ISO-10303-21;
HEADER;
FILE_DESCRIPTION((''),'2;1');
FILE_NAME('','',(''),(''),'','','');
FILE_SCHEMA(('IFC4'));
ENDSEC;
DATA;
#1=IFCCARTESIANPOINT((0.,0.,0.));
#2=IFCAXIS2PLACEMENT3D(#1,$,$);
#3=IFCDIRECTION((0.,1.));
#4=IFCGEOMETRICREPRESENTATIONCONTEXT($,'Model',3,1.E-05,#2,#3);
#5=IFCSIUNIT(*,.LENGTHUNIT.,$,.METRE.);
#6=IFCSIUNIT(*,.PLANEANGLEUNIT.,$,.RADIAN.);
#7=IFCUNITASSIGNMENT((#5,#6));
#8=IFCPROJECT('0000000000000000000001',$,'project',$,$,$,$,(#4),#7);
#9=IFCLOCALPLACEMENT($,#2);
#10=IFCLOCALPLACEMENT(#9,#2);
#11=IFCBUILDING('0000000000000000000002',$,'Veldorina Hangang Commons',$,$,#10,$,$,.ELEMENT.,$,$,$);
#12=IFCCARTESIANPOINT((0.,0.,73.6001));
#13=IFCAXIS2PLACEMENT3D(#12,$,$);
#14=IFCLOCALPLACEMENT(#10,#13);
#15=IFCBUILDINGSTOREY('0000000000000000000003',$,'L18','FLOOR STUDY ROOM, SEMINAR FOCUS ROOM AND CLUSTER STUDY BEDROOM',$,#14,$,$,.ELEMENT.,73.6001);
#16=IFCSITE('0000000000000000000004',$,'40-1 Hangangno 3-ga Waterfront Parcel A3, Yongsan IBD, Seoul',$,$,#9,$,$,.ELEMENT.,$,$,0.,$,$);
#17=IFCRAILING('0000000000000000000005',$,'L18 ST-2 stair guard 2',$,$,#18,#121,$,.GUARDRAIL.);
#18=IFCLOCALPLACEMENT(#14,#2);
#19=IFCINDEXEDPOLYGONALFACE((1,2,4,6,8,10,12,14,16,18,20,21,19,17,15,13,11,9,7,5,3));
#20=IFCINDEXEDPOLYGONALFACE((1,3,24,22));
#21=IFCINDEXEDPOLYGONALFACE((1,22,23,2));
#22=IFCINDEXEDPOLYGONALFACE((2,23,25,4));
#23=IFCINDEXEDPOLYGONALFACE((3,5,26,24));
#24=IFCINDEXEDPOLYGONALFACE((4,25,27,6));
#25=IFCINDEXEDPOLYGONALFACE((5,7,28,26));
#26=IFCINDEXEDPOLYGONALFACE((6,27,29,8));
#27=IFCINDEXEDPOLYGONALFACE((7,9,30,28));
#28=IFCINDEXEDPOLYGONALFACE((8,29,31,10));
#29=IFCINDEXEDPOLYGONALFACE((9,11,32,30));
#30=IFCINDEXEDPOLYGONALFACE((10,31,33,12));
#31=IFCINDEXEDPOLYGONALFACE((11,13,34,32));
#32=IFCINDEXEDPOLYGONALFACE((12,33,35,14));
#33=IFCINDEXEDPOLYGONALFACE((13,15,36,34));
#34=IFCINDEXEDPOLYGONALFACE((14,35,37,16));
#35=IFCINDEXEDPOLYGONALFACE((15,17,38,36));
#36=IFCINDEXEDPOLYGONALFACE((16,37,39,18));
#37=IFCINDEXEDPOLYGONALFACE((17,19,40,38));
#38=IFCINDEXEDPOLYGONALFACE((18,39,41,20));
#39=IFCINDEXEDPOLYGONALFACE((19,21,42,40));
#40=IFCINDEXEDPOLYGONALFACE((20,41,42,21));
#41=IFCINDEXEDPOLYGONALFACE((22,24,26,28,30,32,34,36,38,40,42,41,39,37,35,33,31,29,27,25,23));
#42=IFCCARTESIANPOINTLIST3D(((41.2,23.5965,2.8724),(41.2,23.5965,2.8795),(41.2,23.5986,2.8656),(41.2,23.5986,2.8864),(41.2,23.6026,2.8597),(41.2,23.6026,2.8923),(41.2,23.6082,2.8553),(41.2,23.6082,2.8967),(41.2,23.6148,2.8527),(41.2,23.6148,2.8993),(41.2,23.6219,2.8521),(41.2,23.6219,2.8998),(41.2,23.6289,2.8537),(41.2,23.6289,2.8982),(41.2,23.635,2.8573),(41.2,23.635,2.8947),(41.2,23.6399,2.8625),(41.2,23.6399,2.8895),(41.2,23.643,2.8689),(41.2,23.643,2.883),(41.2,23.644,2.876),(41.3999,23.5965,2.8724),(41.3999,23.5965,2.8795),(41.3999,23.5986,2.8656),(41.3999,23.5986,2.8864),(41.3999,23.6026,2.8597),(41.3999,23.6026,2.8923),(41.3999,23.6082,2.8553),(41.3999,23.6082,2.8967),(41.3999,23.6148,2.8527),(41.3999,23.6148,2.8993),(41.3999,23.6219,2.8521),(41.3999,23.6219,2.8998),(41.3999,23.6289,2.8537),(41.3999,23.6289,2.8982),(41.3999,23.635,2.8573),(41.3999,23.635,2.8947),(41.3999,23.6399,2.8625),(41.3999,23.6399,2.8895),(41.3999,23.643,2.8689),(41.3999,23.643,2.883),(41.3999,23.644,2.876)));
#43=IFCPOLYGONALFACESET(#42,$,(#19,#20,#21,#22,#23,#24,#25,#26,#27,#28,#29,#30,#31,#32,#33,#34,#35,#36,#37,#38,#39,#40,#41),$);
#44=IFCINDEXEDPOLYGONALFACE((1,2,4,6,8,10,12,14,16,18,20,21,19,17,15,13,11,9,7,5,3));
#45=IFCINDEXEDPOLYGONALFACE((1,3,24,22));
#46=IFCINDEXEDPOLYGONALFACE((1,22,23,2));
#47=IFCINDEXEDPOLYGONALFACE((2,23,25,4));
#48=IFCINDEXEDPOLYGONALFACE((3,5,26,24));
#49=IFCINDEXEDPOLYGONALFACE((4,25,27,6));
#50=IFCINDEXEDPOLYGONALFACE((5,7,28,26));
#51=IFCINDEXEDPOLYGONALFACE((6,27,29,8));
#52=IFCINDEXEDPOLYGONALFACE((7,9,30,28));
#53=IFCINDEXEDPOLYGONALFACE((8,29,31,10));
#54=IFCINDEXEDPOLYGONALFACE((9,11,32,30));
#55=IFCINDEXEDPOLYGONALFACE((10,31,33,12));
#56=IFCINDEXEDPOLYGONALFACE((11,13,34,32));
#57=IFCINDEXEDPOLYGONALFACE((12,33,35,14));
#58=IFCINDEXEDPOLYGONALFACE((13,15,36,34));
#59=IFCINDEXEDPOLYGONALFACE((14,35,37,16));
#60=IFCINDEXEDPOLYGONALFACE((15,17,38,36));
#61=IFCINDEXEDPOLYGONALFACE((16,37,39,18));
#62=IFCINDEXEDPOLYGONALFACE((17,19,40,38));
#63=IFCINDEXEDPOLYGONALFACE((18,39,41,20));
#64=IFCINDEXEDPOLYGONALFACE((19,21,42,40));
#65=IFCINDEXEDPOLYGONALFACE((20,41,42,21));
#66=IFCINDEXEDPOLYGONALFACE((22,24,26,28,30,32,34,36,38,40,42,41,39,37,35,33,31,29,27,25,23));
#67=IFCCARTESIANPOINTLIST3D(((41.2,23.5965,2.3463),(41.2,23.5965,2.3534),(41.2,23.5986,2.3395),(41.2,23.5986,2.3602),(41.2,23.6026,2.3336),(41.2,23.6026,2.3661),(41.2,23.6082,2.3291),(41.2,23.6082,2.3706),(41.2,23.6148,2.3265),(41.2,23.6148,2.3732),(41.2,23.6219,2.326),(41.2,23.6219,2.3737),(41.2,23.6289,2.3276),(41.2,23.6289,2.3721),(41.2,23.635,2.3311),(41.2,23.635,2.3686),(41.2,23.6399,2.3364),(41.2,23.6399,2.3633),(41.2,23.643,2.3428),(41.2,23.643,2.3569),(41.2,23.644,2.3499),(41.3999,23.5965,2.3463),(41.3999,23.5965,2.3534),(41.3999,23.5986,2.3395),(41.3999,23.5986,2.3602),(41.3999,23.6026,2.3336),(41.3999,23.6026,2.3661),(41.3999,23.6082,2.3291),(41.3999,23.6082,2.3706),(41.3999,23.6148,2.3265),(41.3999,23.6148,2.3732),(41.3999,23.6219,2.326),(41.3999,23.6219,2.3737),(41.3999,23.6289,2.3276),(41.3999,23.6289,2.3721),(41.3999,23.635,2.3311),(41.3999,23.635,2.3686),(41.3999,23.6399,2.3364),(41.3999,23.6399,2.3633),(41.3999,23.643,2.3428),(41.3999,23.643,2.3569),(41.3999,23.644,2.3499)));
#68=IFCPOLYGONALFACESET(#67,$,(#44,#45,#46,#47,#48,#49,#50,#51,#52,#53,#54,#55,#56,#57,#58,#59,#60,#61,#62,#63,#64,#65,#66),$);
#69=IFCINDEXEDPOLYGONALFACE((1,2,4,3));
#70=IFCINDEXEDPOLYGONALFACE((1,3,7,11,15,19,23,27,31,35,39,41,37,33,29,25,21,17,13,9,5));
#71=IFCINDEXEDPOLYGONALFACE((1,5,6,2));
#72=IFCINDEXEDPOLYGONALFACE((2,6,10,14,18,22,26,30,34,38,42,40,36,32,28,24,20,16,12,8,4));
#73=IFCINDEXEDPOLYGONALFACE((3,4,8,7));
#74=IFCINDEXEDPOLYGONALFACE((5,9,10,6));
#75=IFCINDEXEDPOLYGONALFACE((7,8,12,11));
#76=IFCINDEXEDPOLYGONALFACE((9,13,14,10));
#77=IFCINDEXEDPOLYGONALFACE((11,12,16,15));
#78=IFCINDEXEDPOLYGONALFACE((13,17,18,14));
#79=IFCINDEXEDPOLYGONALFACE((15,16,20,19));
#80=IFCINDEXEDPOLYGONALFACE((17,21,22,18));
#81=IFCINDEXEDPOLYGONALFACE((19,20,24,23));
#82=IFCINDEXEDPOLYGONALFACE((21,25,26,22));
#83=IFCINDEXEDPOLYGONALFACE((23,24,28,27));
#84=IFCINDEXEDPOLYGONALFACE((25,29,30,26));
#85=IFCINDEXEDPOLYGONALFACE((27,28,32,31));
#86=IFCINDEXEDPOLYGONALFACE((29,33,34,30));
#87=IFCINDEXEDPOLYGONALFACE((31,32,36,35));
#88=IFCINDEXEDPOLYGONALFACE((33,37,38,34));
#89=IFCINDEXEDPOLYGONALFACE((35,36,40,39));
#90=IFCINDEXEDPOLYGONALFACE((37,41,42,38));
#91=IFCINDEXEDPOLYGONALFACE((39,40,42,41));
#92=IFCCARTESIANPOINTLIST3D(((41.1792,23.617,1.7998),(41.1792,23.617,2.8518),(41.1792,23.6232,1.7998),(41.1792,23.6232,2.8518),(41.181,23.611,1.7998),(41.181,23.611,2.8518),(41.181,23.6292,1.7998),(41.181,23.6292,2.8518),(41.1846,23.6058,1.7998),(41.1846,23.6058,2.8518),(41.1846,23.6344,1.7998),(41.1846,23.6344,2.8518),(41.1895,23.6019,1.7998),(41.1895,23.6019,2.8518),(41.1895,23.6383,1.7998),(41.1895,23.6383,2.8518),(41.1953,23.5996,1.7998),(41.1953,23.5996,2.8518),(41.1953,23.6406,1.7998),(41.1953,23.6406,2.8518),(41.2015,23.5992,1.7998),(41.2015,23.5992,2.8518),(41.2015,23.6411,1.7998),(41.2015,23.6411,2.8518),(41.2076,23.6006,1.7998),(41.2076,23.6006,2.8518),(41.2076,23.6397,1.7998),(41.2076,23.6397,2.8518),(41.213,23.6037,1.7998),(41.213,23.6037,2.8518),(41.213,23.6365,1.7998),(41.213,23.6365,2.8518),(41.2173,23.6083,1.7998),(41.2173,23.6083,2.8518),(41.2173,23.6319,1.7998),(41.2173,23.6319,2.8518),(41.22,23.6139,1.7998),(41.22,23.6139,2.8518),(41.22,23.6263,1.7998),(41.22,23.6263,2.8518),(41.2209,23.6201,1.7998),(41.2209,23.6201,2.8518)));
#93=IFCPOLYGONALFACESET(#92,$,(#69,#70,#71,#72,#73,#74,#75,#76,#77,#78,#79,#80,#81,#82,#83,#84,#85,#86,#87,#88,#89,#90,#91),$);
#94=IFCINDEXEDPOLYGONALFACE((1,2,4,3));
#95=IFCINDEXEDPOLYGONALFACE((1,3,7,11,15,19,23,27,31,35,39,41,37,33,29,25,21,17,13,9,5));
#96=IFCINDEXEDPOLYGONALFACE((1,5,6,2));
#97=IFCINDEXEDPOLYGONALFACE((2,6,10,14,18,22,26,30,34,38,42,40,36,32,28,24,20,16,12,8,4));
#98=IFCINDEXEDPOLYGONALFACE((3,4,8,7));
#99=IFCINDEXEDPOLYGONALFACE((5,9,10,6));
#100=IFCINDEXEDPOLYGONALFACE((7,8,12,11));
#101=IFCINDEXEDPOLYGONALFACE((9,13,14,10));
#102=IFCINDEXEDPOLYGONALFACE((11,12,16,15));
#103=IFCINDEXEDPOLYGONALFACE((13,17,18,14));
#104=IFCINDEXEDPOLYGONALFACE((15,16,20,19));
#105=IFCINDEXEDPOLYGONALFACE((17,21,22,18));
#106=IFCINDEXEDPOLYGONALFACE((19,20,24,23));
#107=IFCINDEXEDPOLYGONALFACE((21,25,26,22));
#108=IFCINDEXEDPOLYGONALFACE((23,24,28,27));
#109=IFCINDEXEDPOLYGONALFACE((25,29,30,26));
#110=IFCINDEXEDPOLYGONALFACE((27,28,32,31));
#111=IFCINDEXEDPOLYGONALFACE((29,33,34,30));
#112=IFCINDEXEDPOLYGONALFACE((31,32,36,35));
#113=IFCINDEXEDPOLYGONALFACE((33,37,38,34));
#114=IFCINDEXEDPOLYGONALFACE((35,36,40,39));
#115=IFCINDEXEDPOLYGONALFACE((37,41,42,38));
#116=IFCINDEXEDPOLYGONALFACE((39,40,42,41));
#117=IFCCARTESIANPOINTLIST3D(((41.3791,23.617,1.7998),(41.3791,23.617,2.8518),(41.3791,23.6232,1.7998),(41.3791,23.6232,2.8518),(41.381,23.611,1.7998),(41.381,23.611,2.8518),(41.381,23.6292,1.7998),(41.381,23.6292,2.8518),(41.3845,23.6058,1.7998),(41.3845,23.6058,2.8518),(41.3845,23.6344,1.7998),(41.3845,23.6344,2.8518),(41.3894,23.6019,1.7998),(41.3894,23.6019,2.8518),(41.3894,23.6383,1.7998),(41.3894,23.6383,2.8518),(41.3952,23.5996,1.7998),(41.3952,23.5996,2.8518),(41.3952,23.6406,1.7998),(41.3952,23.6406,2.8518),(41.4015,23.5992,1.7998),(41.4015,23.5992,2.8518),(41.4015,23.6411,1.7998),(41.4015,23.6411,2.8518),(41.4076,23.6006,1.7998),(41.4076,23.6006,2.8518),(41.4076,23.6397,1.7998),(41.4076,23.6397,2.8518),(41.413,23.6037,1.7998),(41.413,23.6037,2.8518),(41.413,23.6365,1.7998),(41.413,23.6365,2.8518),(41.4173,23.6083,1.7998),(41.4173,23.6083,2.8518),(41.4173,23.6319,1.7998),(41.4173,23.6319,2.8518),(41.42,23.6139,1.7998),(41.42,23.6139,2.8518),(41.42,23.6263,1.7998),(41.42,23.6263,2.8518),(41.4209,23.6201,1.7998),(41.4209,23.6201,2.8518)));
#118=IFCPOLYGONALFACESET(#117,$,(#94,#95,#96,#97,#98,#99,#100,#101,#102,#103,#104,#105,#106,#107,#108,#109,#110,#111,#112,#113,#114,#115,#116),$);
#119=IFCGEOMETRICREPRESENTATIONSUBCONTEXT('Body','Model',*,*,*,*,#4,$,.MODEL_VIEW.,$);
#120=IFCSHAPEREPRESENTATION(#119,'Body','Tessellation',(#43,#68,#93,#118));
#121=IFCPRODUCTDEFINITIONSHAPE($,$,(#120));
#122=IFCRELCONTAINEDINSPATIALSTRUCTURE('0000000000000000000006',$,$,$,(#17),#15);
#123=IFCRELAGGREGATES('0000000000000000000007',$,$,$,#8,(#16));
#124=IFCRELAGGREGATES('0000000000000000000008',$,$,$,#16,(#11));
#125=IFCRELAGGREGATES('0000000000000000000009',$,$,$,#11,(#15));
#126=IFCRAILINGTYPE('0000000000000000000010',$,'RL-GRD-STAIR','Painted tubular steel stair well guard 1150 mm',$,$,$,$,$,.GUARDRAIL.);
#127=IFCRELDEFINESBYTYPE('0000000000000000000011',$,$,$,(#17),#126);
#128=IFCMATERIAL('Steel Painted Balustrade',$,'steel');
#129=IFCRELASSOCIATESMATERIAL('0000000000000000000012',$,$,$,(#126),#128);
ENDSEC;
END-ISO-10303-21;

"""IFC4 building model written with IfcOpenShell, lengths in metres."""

from ifc_helpers import new_model, si_unit, direction, frame, origin, origin_2d, place, context, subcontext, project, spatial, circle, extrude, material, type_object, element, save


model = new_model("IFC4")

# Units and contexts
model_context = context("Model", 3, precision=1e-05, world=origin(), true_north=direction((0.0, 1.0)))
body_context = subcontext(model_context, "Body", "Model", "MODEL_VIEW")
ifc_project = project(units=[si_unit("LENGTHUNIT", "METRE"), si_unit("PLANEANGLEUNIT", "RADIAN")], contexts=[model_context])

# Site, building, storey
site_placement = place(None, origin())
site = spatial("IfcSite", under=ifc_project, at=site_placement, Name="40-1 Hangangno 3-ga Waterfront Parcel A3, Yongsan IBD, Seoul", CompositionType="ELEMENT", RefElevation=0.0)
building_placement = place(site_placement, origin())
building = spatial("IfcBuilding", under=site, at=building_placement, Name="Veldorina Hangang Commons", CompositionType="ELEMENT")
storey_placement = place(building_placement, frame((0.0, 0.0, 73.6001)))
storey = spatial("IfcBuildingStorey", under=building, at=storey_placement, Name="L18", Description="FLOOR STUDY ROOM, SEMINAR FOCUS ROOM AND CLUSTER STUDY BEDROOM", CompositionType="ELEMENT", Elevation=73.6001)

# Railing
ifc_material_1 = material(Name="Steel Painted Balustrade", Category="steel")
railing_type_1 = type_object("IfcRailingType", Name="RL-GRD-STAIR", Description="Painted tubular steel stair well guard 1150 mm", PredefinedType="GUARDRAIL", material=ifc_material_1)
railing_1_placement = place(storey_placement, frame((41.2, 23.6201, 1.7998)))
element("IfcRailing", 1, at=railing_1_placement, inside=storey, type_object=railing_type_1, Name="L18 ST-2 stair guard 2", PredefinedType="GUARDRAIL", context=body_context, shape_type="SweptSolid", body=[
    extrude(circle(Radius=0.0239, at=origin_2d()), frame((0.0, 0.0, 1.0762), z_axis=(1.0, 0.0, 0.0), x_axis=(0.0, 1.0, 0.0)), (0.0, 0.0, 1.0), 0.2),
    extrude(circle(Radius=0.0239, at=origin_2d()), frame((0.0, 0.0, 0.55), z_axis=(1.0, 0.0, 0.0), x_axis=(0.0, 1.0, 0.0)), (0.0, 0.0, 1.0), 0.2),
    extrude(circle(Radius=0.021, at=origin_2d()), origin(), (0.0, 0.0, 1.0), 1.052),
    extrude(circle(Radius=0.021, at=origin_2d()), frame((0.2, 0.0, 0.0)), (0.0, 0.0, 1.0), 1.052),
])

save(model, "model.ifc")
